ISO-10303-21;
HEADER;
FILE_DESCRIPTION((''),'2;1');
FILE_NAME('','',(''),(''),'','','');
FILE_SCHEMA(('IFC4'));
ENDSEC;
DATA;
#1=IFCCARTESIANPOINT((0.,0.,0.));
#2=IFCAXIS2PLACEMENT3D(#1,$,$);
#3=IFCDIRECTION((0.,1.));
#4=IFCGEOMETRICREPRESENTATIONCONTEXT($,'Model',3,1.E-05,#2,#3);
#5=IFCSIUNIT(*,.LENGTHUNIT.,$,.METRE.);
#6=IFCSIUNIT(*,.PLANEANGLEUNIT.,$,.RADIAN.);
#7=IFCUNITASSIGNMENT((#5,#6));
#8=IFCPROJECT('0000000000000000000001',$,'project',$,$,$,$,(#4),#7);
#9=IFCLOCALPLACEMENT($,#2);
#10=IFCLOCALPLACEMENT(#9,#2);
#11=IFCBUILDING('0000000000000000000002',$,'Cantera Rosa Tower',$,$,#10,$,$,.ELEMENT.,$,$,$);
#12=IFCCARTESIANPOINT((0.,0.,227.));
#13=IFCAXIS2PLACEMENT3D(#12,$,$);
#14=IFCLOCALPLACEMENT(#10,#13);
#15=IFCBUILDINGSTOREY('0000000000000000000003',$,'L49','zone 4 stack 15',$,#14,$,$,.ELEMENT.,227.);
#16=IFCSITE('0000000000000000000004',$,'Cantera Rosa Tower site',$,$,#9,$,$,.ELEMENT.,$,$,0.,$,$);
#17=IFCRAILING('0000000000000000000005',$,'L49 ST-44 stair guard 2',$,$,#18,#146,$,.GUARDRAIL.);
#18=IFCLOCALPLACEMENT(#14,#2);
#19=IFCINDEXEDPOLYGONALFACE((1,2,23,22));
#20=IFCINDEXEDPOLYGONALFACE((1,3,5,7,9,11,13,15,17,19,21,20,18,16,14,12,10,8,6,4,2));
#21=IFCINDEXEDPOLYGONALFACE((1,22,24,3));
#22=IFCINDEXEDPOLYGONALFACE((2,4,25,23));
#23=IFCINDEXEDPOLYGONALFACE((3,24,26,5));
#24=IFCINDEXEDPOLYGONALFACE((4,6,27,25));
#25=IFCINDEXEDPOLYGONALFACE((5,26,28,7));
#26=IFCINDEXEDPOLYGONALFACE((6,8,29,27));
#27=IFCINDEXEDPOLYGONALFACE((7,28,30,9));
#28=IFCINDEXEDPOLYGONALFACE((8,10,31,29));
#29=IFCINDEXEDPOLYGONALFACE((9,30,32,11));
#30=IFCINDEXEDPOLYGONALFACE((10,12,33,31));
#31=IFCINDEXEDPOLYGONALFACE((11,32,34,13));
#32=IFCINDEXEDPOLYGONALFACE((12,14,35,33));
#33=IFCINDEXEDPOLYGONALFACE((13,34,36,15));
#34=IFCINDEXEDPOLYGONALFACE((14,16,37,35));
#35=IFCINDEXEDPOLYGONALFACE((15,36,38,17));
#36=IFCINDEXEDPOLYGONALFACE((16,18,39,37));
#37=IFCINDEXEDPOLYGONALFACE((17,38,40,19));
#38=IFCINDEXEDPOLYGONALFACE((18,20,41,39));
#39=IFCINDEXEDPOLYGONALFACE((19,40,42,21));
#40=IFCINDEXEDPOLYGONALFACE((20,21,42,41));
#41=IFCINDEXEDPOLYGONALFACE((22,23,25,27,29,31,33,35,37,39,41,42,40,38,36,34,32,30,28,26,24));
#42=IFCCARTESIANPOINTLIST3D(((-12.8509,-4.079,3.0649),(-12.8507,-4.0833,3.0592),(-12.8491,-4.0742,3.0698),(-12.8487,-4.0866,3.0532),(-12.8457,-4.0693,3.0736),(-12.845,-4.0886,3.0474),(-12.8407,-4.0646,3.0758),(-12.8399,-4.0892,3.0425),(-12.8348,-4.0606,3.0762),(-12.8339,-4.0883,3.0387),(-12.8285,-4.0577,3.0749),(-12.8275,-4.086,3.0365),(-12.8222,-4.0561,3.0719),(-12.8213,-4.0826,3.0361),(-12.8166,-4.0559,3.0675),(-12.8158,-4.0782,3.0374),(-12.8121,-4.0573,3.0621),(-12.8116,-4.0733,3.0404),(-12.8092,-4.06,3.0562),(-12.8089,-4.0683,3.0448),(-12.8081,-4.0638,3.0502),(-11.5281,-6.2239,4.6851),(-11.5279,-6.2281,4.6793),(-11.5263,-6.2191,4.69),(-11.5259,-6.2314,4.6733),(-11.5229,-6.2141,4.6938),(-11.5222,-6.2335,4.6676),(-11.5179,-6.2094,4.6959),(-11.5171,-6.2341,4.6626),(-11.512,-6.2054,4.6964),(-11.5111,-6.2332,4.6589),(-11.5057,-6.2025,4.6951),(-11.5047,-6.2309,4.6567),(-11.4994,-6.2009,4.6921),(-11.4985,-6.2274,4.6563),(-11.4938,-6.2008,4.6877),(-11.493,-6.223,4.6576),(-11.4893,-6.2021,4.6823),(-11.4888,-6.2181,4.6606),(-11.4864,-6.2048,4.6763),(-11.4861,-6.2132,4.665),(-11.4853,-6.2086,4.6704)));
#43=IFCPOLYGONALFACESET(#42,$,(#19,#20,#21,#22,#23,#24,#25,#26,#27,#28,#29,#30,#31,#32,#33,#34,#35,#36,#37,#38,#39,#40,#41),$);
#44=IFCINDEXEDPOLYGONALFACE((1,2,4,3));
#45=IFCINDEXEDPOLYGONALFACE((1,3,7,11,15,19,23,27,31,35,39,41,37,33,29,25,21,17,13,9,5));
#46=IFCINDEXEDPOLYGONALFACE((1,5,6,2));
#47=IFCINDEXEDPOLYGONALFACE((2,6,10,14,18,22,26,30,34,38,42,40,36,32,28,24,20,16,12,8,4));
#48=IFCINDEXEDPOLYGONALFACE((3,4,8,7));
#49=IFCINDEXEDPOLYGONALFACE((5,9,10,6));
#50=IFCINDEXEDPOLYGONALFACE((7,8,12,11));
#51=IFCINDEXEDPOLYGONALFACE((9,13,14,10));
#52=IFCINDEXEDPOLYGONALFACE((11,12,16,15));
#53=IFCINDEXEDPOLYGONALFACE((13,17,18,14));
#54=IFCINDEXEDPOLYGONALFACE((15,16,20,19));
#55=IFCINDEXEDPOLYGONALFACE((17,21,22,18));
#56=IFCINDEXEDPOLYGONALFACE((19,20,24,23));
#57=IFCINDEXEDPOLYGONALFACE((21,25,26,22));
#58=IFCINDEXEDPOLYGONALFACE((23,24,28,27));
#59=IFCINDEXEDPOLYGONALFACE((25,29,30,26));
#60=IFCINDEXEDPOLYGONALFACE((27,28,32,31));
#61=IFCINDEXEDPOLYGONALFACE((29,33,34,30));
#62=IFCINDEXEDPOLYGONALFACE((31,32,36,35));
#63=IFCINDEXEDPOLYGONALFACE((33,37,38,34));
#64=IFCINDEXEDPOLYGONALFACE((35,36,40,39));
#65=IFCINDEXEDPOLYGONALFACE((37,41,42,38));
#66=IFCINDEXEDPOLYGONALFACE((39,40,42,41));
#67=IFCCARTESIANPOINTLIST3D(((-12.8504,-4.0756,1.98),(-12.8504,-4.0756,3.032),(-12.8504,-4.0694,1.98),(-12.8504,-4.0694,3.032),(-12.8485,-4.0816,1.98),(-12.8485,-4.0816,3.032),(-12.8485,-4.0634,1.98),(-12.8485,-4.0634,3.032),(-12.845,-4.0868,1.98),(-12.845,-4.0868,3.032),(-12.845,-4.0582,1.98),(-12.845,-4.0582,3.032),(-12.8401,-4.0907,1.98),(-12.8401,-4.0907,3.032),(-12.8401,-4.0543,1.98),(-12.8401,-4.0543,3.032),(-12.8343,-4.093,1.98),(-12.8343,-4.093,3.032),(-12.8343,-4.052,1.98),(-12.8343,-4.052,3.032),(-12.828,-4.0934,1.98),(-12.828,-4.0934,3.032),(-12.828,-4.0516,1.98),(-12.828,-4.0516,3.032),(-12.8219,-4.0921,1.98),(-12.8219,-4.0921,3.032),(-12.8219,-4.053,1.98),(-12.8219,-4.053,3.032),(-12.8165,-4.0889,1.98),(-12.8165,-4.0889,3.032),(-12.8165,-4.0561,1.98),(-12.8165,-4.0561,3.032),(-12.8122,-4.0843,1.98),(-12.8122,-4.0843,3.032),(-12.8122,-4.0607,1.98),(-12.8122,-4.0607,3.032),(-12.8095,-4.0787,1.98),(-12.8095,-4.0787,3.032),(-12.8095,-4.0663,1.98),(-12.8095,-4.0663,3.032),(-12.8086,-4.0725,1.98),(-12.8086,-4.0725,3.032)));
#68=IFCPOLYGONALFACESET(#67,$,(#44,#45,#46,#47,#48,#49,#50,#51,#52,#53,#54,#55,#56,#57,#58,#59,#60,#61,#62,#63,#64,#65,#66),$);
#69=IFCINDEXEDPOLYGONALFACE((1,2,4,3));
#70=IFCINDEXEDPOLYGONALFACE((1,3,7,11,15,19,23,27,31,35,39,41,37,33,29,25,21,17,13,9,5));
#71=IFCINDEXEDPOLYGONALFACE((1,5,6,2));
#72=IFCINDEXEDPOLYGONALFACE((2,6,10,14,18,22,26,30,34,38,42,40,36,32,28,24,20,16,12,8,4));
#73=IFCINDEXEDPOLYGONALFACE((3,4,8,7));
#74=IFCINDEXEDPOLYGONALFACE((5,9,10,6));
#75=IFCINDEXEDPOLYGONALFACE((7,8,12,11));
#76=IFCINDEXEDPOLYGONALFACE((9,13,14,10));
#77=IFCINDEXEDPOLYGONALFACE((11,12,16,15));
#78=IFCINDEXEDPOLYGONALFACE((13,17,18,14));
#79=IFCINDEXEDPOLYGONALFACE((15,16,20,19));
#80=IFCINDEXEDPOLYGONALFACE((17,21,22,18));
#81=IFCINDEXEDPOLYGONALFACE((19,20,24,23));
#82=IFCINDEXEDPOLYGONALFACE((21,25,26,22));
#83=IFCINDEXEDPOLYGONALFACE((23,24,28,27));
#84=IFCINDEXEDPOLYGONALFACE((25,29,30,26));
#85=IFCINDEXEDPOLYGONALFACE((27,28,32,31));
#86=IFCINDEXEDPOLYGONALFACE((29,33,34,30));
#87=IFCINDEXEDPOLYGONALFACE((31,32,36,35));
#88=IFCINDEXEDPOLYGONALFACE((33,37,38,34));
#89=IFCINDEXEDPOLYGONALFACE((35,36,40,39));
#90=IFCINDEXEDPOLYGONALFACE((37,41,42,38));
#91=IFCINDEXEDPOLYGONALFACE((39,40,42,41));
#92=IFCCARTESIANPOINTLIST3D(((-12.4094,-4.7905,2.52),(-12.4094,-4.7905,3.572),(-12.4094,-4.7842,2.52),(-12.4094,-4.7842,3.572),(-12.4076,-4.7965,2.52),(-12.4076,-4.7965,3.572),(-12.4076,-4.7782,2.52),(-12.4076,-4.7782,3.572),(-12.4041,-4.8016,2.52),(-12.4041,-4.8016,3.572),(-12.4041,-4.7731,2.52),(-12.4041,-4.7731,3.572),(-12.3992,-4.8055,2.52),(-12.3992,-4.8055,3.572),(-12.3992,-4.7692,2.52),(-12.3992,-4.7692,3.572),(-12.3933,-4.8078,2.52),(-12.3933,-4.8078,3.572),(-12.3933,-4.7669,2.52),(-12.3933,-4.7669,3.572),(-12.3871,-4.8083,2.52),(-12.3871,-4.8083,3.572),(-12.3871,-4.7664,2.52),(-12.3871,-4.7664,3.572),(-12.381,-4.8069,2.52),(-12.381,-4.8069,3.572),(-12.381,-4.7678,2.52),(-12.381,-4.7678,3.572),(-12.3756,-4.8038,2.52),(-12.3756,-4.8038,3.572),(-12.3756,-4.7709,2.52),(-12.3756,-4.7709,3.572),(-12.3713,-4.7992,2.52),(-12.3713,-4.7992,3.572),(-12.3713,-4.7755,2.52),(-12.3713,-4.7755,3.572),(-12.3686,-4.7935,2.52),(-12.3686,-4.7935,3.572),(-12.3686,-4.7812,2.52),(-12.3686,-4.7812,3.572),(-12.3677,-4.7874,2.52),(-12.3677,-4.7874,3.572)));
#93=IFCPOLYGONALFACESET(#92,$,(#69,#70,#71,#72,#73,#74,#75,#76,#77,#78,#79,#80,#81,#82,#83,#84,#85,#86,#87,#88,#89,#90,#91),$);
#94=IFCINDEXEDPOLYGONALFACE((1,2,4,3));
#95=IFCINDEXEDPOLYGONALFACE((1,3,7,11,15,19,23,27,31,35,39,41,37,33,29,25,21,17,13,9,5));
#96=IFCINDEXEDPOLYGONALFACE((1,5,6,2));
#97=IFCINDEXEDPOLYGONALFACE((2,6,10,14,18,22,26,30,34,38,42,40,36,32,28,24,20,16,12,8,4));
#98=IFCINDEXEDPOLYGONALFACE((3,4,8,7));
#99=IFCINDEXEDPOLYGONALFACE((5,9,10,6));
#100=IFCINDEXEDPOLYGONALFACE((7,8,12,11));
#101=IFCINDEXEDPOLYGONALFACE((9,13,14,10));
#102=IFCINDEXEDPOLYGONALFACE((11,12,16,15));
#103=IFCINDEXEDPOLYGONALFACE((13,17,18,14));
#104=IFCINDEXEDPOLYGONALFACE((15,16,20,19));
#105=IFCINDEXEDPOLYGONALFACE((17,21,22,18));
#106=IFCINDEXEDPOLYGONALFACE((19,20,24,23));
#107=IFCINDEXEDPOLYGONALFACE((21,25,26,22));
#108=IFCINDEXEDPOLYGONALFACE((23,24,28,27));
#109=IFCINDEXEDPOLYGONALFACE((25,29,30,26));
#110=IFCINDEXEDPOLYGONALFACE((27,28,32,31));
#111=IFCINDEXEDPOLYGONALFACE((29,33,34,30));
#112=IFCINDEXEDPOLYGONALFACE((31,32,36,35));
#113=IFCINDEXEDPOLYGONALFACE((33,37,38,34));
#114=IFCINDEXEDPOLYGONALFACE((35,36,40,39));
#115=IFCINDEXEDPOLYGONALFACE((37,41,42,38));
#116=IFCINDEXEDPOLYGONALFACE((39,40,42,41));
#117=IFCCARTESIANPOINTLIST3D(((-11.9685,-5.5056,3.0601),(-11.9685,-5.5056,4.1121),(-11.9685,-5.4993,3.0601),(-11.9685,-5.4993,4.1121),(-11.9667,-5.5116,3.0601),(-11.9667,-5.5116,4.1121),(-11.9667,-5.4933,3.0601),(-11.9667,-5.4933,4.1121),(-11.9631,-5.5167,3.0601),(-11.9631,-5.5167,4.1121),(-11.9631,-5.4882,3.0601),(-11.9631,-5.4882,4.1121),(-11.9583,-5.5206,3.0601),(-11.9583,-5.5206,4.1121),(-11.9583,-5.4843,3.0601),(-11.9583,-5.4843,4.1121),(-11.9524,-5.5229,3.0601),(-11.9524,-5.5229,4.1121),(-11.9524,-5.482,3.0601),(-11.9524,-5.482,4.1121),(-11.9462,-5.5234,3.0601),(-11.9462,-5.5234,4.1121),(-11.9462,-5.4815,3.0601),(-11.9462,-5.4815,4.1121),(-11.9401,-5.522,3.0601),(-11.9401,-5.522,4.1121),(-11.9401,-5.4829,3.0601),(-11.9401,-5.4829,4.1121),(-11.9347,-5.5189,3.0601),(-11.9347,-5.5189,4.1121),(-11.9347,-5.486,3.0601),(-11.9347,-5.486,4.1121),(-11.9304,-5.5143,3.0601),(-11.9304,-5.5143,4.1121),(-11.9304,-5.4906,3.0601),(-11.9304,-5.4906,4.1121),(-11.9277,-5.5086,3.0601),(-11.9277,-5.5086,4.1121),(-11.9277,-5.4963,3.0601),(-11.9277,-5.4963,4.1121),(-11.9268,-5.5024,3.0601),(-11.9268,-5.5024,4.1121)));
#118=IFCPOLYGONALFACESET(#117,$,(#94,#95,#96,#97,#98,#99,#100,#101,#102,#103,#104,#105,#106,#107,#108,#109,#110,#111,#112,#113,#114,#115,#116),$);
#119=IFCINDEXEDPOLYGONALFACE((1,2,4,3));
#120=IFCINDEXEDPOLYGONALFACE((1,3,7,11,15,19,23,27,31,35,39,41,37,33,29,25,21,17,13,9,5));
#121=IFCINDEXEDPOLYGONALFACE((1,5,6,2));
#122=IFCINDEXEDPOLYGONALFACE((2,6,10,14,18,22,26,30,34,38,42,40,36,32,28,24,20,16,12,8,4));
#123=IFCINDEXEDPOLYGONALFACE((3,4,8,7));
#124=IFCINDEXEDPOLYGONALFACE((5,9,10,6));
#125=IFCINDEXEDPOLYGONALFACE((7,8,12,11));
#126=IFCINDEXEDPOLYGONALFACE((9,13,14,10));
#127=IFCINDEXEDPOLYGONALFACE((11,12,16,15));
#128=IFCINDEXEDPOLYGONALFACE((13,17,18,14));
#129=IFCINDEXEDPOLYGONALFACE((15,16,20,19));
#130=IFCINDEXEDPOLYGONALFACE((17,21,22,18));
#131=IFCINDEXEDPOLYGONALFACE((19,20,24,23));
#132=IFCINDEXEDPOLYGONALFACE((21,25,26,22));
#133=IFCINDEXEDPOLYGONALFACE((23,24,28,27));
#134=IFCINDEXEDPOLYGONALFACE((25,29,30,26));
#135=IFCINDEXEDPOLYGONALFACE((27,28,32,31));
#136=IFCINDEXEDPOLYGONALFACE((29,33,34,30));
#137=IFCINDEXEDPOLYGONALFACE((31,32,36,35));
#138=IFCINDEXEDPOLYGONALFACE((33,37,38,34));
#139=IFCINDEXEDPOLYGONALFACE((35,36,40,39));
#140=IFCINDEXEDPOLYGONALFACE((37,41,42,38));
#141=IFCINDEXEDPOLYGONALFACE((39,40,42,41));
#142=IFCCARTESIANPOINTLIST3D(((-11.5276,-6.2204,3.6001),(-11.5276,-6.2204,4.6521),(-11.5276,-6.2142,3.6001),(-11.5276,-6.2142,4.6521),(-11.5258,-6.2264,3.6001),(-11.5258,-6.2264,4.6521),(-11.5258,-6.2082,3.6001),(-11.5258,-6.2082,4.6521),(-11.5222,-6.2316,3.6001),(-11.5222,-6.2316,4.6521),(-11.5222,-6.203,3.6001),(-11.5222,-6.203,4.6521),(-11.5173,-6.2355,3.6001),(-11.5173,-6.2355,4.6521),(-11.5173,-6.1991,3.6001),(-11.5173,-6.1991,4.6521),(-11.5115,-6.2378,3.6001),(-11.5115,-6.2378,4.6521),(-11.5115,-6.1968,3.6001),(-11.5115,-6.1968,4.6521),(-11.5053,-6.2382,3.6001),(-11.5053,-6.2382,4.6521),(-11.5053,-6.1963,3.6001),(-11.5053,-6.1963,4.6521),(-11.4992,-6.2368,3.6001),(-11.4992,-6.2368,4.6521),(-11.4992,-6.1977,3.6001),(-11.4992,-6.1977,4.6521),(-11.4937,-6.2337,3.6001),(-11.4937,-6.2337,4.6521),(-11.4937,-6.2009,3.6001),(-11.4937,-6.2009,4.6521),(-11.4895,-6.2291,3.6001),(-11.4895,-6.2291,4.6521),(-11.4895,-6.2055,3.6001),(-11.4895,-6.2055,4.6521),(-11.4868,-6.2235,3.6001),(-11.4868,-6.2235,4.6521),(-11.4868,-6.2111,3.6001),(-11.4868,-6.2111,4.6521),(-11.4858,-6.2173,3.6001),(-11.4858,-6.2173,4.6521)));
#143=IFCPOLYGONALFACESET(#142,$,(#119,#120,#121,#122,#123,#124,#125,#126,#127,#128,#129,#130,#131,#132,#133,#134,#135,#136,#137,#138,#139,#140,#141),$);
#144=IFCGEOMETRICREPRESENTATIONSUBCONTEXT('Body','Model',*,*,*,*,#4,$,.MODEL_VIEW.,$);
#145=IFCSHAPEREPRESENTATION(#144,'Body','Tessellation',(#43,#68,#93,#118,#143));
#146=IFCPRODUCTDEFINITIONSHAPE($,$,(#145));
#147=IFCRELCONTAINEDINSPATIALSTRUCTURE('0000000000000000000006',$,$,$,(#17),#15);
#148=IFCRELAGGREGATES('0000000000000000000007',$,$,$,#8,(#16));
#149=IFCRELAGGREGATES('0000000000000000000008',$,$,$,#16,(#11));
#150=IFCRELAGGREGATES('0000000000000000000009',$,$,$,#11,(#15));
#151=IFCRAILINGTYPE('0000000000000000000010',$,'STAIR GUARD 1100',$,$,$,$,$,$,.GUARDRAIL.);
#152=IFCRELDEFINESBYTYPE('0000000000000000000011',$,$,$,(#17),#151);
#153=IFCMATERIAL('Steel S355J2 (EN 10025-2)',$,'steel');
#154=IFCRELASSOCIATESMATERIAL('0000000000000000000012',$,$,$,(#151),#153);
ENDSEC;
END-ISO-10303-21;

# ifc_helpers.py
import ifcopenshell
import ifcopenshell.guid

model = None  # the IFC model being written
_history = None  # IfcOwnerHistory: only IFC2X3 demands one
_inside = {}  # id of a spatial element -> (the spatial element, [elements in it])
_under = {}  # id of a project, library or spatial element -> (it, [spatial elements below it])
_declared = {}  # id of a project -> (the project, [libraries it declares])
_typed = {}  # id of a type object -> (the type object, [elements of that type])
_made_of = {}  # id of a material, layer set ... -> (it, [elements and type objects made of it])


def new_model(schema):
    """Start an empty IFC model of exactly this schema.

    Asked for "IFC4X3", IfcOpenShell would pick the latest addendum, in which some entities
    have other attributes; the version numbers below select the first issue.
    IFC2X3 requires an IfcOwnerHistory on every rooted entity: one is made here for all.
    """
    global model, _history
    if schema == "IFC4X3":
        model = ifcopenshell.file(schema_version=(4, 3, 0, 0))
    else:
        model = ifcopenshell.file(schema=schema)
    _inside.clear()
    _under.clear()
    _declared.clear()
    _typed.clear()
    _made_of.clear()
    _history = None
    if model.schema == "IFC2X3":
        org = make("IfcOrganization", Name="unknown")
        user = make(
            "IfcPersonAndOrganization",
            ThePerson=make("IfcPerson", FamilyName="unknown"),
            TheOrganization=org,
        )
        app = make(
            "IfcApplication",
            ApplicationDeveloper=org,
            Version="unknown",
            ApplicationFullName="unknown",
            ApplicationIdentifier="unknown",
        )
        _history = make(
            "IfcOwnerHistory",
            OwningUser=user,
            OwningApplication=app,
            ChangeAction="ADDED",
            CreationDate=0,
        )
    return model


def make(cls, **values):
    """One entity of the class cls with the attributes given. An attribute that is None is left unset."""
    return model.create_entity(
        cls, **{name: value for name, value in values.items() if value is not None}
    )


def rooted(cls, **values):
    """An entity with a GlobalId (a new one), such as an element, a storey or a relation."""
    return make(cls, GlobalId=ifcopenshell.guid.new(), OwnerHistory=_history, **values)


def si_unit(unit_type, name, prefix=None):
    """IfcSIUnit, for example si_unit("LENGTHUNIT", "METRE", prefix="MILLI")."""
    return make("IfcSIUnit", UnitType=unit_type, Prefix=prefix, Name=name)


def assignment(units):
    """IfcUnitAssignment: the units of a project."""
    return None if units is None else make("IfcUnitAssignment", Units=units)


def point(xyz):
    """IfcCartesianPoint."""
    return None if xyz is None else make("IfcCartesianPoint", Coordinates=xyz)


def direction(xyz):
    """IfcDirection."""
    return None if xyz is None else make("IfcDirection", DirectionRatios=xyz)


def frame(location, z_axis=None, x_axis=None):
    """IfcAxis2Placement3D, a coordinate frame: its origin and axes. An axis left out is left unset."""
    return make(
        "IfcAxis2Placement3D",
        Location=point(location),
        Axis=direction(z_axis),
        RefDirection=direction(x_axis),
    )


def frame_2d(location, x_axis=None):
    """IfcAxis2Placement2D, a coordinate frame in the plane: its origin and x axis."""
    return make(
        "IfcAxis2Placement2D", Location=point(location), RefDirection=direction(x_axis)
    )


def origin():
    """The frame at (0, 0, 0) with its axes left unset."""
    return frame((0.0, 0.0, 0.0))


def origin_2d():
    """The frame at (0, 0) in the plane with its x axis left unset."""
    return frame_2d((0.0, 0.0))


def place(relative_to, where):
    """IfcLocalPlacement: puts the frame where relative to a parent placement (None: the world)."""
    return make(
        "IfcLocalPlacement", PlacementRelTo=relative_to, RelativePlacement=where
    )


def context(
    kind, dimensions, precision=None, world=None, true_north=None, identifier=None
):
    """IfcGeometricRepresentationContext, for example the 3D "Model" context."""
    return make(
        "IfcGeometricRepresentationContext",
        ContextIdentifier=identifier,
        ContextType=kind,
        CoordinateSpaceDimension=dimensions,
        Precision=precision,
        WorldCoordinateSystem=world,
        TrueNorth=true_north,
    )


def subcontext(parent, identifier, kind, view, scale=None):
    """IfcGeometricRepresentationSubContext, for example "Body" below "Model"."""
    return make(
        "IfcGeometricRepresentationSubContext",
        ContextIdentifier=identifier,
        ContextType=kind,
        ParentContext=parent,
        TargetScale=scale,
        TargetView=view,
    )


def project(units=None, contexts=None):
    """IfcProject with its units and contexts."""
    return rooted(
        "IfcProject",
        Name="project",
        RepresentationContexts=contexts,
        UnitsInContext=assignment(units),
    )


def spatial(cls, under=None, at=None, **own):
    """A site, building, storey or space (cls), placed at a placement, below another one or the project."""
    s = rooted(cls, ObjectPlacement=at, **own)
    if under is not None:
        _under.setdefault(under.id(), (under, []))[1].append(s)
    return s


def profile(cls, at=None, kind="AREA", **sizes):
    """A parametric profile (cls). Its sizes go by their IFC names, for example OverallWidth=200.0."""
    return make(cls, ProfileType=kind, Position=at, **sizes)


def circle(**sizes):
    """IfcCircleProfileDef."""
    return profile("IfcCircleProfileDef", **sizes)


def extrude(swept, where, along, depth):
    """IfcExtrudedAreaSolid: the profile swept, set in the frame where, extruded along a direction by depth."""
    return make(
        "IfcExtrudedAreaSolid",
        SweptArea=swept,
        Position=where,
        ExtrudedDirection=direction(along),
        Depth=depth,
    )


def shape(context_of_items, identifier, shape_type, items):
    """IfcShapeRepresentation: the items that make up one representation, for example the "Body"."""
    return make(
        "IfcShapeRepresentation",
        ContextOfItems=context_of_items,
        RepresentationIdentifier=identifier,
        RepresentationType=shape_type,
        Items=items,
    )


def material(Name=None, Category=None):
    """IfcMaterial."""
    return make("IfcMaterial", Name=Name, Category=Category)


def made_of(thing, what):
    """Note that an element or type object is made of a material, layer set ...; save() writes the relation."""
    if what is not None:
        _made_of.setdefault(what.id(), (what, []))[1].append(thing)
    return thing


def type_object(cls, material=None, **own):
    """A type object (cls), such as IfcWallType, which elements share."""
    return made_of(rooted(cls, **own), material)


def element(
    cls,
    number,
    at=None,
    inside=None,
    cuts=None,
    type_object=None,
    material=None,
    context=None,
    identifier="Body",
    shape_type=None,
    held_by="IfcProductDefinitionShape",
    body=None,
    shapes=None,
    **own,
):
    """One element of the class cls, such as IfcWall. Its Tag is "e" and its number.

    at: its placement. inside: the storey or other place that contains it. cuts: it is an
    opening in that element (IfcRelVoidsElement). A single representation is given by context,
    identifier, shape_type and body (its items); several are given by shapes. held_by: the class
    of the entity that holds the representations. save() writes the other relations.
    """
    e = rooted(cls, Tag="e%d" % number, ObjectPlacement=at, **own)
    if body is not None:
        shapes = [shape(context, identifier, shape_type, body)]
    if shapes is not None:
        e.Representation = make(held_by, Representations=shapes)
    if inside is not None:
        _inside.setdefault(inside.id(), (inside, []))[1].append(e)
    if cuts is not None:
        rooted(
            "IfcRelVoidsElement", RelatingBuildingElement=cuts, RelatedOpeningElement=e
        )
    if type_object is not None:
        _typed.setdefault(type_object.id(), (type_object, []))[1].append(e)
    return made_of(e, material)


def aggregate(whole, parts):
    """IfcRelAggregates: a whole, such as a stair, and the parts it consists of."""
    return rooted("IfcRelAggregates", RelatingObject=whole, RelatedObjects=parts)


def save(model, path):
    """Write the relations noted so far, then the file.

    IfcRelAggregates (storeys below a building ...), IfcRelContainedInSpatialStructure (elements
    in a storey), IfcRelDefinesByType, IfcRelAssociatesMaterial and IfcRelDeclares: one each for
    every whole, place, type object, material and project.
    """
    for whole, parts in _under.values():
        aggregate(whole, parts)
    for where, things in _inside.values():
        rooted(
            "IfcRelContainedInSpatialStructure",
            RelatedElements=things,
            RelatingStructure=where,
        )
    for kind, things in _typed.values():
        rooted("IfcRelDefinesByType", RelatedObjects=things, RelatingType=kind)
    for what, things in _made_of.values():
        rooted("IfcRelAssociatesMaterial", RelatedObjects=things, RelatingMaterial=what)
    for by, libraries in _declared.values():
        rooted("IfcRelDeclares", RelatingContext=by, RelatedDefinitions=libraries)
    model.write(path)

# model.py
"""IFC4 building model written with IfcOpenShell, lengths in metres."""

from ifc_helpers import new_model, si_unit, direction, frame, origin, origin_2d, place, context, subcontext, project, spatial, circle, extrude, material, type_object, element, save


model = new_model("IFC4")

# Units and contexts
model_context = context("Model", 3, precision=1e-05, world=origin(), true_north=direction((0.0, 1.0)))
body_context = subcontext(model_context, "Body", "Model", "MODEL_VIEW")
ifc_project = project(units=[si_unit("LENGTHUNIT", "METRE"), si_unit("PLANEANGLEUNIT", "RADIAN")], contexts=[model_context])

# Site, building, storey
site_placement = place(None, origin())
site = spatial("IfcSite", under=ifc_project, at=site_placement, Name="Cantera Rosa Tower site", CompositionType="ELEMENT", RefElevation=0.0)
building_placement = place(site_placement, origin())
building = spatial("IfcBuilding", under=site, at=building_placement, Name="Cantera Rosa Tower", CompositionType="ELEMENT")
storey_placement = place(building_placement, frame((0.0, 0.0, 227.0)))
storey = spatial("IfcBuildingStorey", under=building, at=storey_placement, Name="L49", Description="zone 4 stack 15", CompositionType="ELEMENT", Elevation=227.0)

# Railing
ifc_material_1 = material(Name="Steel S355J2 (EN 10025-2)", Category="steel")
railing_type_1 = type_object("IfcRailingType", Name="STAIR GUARD 1100", PredefinedType="GUARDRAIL", material=ifc_material_1)
railing_1_placement = place(storey_placement, frame((-12.8296, -4.0725, 1.98)))
element("IfcRailing", 1, at=railing_1_placement, inside=storey, type_object=railing_type_1, Name="L49 ST-44 stair guard 2", PredefinedType="GUARDRAIL", context=body_context, shape_type="SweptSolid", body=[
    extrude(circle(Radius=0.0239, at=origin_2d()), frame((0.0, 0.0, 1.0762), z_axis=(0.441543, -0.715939, 0.540805), x_axis=(0.851146, 0.52493, 0.0)), (0.0, 0.0, 1.0), 2.9958),
    extrude(circle(Radius=0.021, at=origin_2d()), origin(), (0.0, 0.0, 1.0), 1.052),
    extrude(circle(Radius=0.021, at=origin_2d()), frame((0.4409, -0.7148, 0.54)), (0.0, 0.0, 1.0), 1.052),
    extrude(circle(Radius=0.021, at=origin_2d()), frame((0.8818, -1.4299, 1.0801)), (0.0, 0.0, 1.0), 1.052),
    extrude(circle(Radius=0.021, at=origin_2d()), frame((1.3228, -2.1448, 1.6201)), (0.0, 0.0, 1.0), 1.052),
])

save(model, "model.ifc")
